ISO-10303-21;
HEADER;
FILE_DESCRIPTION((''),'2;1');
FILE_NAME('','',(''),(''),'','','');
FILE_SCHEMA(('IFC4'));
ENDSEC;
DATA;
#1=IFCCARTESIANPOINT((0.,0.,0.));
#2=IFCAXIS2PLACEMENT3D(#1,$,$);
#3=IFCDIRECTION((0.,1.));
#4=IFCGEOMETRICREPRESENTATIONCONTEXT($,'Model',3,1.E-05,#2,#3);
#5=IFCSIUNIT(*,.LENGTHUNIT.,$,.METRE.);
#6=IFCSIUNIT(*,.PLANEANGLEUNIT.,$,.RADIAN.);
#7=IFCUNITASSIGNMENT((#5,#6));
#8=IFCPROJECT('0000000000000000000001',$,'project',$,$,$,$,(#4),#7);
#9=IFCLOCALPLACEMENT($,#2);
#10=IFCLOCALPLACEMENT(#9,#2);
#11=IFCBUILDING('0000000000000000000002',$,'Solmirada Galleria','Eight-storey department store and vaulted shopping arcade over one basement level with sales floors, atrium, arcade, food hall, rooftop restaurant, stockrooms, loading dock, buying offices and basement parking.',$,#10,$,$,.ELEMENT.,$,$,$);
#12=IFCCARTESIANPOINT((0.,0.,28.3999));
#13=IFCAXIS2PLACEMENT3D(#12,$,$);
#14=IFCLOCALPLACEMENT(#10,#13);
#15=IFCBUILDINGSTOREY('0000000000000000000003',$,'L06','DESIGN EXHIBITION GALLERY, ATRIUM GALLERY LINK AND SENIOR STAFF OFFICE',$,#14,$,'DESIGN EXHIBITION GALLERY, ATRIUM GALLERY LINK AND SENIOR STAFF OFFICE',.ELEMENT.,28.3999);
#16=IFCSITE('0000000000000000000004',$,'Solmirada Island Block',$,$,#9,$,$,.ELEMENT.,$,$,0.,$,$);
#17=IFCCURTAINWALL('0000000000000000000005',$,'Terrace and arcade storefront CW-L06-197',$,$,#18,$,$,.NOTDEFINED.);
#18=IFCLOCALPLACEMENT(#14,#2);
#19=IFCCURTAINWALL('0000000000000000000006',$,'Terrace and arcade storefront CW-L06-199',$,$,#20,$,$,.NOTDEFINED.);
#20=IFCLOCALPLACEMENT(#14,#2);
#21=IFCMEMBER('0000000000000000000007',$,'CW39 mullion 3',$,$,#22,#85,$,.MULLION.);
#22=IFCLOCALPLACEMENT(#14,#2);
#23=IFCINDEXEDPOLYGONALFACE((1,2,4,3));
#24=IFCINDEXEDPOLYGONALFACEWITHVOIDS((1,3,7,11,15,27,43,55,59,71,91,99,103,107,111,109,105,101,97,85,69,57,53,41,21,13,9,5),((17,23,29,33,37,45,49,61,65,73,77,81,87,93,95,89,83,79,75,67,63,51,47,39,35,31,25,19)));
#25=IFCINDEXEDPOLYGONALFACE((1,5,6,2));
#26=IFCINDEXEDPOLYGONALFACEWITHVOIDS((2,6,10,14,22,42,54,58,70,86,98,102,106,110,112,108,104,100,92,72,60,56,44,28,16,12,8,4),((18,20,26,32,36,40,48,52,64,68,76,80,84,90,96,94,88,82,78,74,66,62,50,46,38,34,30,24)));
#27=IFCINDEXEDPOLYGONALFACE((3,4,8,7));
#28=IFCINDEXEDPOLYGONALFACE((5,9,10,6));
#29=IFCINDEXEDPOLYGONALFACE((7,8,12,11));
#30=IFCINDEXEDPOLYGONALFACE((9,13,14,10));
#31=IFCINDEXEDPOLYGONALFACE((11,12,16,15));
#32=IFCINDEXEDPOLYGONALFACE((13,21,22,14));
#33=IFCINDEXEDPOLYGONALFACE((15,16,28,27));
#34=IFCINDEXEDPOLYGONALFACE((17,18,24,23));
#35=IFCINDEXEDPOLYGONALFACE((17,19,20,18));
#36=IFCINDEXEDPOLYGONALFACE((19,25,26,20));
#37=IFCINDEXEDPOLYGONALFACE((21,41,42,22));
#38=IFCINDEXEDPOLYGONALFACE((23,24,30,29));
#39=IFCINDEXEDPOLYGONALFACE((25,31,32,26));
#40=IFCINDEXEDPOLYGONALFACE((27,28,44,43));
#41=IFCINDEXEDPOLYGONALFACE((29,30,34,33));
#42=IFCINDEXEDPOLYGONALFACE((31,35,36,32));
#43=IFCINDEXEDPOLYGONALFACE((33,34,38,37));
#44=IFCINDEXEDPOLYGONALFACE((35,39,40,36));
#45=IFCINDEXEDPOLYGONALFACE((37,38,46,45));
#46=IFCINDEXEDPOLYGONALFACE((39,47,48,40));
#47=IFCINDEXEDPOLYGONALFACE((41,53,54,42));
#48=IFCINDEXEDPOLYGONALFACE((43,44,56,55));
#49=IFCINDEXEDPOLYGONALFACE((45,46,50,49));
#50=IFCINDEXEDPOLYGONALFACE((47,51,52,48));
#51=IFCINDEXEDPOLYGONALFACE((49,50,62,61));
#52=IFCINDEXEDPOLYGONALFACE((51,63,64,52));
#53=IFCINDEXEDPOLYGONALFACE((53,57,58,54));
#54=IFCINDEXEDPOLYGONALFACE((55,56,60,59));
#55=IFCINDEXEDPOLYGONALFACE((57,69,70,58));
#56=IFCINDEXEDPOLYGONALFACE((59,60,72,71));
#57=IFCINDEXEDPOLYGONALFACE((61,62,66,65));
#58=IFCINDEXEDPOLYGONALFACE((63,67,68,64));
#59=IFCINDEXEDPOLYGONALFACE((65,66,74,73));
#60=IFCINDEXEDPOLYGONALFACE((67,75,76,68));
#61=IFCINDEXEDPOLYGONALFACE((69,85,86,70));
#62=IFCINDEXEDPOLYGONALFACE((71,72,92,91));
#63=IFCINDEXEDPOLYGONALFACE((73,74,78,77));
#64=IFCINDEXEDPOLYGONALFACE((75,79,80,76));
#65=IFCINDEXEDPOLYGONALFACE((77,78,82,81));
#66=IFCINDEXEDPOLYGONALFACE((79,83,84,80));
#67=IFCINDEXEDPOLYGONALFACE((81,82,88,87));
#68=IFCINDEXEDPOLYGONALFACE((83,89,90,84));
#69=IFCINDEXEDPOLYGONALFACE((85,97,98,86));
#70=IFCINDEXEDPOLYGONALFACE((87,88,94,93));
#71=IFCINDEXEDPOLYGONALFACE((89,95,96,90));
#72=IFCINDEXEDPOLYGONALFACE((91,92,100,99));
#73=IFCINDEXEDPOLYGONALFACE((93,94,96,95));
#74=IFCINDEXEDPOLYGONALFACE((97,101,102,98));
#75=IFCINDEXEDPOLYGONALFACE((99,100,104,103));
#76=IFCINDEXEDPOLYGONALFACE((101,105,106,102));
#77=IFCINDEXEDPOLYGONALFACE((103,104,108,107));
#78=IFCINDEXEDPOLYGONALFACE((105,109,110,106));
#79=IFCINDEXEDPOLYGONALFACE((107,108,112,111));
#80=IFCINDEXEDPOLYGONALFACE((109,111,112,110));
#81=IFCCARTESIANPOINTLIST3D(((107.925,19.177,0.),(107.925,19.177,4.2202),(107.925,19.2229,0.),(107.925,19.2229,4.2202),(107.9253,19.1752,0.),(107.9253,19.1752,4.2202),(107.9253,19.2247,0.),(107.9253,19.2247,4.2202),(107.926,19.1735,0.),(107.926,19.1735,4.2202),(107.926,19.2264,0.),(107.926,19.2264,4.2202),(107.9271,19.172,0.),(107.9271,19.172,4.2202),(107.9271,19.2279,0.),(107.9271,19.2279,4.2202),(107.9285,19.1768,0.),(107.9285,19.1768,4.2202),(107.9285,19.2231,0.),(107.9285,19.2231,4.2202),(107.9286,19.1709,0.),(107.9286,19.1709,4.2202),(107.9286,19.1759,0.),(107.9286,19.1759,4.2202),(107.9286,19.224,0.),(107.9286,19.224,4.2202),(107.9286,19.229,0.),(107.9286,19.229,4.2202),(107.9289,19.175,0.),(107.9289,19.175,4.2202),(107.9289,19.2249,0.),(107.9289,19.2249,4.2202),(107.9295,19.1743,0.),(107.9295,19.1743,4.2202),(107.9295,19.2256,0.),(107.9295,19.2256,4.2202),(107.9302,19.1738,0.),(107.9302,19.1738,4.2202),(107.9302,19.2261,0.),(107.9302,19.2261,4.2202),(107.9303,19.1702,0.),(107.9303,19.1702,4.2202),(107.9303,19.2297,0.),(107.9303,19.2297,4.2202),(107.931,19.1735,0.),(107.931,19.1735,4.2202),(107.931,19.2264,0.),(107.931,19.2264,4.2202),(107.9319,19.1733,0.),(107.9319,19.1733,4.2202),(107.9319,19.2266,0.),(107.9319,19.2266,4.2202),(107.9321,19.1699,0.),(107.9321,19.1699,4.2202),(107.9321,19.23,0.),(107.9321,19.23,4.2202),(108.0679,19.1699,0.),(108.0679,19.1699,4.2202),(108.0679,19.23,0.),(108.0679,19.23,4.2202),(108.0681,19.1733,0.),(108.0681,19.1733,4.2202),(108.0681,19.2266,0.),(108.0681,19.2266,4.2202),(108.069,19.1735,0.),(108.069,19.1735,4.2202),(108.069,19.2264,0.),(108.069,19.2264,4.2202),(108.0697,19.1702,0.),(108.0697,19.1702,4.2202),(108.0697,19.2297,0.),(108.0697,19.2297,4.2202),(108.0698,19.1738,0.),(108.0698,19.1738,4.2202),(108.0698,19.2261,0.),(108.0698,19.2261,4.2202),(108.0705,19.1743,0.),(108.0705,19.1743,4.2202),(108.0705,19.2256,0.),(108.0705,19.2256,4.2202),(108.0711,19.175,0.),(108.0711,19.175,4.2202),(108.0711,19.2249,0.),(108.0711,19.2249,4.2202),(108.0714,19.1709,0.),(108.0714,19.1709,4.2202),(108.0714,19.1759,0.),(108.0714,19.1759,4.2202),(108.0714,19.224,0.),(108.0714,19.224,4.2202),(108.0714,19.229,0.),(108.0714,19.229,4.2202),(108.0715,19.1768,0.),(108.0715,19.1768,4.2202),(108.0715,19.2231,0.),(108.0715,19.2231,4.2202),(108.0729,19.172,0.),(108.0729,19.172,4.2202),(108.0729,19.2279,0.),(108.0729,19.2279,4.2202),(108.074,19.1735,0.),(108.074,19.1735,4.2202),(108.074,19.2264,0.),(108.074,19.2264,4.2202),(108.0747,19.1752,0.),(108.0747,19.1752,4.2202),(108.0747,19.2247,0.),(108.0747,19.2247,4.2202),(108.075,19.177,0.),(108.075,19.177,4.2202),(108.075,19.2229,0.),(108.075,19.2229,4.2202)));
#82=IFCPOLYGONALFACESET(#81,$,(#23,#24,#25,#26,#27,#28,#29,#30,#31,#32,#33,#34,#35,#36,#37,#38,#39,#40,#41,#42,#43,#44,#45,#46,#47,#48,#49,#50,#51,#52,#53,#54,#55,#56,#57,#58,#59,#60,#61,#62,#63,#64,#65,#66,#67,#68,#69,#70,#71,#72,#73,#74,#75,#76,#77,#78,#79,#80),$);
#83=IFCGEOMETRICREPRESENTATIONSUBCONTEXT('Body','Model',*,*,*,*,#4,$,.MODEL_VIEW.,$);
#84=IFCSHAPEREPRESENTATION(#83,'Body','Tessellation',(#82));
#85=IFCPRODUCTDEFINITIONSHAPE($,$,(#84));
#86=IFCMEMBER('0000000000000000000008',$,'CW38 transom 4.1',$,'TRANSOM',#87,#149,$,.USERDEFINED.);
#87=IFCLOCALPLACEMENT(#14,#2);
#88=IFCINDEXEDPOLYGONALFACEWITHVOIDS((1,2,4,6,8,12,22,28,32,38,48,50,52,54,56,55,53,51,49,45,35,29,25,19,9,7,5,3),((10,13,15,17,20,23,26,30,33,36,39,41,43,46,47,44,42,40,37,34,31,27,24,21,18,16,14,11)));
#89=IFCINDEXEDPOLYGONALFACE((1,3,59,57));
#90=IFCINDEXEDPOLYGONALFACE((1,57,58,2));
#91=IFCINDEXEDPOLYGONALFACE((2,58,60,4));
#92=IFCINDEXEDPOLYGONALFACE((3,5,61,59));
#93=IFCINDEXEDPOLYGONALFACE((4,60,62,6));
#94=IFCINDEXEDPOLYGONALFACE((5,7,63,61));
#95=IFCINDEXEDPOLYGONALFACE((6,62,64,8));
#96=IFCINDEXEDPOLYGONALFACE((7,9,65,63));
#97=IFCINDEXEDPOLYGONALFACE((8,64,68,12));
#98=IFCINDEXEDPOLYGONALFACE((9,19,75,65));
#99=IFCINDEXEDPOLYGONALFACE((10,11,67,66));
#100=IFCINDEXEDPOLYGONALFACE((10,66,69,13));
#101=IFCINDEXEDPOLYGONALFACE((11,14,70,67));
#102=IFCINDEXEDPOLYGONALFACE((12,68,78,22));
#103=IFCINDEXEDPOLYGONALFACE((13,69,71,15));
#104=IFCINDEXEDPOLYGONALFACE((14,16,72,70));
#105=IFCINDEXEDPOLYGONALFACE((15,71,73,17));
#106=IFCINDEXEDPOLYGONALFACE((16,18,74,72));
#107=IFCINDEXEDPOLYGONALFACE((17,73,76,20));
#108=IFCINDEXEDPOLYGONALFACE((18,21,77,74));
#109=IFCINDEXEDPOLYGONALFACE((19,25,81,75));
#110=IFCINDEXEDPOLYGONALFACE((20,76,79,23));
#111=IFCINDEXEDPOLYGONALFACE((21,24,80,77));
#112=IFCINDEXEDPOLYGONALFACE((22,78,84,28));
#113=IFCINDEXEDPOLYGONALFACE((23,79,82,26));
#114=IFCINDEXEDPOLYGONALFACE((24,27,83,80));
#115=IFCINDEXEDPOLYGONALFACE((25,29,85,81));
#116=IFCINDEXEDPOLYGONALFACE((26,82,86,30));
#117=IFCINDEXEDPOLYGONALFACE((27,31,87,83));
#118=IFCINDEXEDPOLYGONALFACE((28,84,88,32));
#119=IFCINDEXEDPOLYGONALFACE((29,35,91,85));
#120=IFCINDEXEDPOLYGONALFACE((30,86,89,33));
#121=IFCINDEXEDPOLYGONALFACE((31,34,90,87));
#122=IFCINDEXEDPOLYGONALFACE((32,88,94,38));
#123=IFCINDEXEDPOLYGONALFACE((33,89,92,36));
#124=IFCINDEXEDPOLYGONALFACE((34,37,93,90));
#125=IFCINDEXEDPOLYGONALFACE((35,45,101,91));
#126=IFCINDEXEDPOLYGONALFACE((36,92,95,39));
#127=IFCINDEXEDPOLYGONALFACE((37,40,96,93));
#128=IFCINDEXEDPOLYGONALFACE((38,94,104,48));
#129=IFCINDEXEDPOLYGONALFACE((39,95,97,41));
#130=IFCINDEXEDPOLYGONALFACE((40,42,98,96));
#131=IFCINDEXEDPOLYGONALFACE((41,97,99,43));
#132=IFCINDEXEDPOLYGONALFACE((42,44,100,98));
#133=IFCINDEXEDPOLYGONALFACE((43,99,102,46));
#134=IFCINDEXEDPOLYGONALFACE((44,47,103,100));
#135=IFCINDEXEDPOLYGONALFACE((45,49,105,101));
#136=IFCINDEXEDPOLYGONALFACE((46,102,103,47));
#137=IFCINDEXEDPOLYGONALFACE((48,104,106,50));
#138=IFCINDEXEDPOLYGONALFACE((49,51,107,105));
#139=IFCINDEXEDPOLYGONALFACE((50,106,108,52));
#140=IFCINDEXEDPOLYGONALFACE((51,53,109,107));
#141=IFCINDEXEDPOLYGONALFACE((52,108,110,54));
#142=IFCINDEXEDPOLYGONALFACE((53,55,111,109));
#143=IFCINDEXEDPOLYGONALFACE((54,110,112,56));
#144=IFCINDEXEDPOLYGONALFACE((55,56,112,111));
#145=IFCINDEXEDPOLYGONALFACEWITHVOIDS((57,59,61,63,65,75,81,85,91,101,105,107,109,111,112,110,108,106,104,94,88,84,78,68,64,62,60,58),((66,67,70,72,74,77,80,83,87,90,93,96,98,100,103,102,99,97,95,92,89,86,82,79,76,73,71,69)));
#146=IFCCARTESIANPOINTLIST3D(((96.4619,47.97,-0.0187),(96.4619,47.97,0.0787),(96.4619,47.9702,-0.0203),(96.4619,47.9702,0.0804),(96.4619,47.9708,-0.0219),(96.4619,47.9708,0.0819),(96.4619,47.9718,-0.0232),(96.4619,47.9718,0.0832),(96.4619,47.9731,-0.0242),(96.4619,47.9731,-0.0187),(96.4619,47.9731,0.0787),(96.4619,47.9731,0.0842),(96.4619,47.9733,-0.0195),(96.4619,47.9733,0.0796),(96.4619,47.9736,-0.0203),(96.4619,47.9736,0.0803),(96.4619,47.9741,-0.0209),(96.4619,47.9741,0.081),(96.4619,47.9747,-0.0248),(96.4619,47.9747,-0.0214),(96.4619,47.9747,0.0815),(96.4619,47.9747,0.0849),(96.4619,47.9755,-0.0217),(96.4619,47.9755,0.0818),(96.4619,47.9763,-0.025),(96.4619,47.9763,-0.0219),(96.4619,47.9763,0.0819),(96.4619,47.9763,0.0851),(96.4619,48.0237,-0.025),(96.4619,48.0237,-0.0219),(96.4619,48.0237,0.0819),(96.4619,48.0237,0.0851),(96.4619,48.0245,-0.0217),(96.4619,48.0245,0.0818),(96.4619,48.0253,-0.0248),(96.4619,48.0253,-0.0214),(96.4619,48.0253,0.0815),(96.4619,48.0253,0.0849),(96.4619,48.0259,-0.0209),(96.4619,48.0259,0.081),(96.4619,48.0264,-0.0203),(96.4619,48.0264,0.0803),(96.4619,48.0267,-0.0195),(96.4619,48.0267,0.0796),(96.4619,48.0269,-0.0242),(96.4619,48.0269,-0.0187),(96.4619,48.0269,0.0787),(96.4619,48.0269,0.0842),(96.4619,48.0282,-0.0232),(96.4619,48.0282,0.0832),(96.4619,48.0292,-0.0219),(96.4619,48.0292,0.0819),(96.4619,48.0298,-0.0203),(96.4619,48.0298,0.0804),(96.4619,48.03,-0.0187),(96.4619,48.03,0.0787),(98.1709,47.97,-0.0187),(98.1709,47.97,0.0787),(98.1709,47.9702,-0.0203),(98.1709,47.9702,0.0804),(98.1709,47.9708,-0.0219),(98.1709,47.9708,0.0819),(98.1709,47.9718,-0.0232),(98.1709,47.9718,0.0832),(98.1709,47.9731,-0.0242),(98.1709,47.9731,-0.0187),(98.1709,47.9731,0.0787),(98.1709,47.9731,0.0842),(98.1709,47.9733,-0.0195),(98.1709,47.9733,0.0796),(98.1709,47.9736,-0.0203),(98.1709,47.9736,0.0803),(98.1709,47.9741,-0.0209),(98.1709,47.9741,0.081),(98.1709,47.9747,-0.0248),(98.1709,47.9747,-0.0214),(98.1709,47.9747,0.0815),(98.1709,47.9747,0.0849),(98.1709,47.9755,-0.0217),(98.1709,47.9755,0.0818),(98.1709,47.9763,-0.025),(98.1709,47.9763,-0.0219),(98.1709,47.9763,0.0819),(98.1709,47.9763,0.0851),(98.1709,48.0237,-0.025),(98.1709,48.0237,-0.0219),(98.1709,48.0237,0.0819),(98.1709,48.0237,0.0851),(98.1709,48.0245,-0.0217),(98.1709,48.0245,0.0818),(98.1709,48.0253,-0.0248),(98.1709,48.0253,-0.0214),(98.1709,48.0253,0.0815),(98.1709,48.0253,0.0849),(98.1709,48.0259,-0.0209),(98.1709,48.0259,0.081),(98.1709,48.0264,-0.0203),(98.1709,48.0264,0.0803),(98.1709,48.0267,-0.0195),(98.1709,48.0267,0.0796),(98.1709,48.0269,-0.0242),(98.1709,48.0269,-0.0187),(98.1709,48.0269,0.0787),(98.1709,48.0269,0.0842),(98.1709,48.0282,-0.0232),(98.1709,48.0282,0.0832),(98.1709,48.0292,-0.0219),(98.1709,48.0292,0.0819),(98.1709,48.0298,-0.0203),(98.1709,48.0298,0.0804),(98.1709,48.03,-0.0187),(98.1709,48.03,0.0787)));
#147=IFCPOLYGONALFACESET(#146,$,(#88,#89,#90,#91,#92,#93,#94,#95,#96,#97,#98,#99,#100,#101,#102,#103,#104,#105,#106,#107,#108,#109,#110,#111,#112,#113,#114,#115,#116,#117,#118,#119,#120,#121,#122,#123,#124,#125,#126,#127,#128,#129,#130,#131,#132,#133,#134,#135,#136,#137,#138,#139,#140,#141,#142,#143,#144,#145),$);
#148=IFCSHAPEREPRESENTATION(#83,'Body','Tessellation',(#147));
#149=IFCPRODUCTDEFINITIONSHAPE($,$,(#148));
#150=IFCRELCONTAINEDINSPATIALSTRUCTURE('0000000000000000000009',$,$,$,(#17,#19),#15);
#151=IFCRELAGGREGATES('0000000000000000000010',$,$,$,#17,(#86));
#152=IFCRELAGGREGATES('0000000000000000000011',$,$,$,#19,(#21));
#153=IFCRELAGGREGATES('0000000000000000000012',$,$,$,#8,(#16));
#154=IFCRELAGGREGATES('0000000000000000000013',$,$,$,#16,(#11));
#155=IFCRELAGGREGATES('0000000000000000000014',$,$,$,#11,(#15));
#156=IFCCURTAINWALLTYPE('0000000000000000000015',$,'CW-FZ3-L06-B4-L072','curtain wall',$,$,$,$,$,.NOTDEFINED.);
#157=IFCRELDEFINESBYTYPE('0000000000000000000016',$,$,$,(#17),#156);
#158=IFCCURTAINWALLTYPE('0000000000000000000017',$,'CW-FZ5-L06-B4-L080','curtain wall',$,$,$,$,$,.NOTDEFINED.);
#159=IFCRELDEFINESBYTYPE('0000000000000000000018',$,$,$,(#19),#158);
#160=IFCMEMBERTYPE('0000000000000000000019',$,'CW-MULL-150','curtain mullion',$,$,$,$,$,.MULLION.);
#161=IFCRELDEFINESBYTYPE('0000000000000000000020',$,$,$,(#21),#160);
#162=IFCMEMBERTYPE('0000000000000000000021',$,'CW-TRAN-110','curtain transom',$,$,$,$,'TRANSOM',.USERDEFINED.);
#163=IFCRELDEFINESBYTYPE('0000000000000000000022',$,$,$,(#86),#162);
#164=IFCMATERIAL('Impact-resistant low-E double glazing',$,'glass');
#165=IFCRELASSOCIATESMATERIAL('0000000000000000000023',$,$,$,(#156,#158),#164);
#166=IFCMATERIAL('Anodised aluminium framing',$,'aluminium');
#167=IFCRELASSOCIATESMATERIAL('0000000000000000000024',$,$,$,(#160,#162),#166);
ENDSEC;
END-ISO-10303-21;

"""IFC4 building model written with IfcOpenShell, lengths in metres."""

from ifc_helpers import new_model, si_unit, direction, frame, origin, origin_2d, place, context, subcontext, project, spatial, hollow_rectangle, extrude, material, material_profile, profile_set, type_object, element, aggregate, save


model = new_model("IFC4")

# Units and contexts
model_context = context("Model", 3, precision=1e-05, world=origin(), true_north=direction((0.0, 1.0)))
body_context = subcontext(model_context, "Body", "Model", "MODEL_VIEW")
ifc_project = project(units=[si_unit("LENGTHUNIT", "METRE"), si_unit("PLANEANGLEUNIT", "RADIAN")], contexts=[model_context])

# Site, building, storey
site_placement = place(None, origin())
site = spatial("IfcSite", under=ifc_project, at=site_placement, Name="Solmirada Island Block", CompositionType="ELEMENT", RefElevation=0.0)
building_placement = place(site_placement, origin())
building = spatial("IfcBuilding", under=site, at=building_placement, Name="Solmirada Galleria", Description="Eight-storey department store and vaulted shopping arcade over one basement level with sales floors, atrium, arcade, food hall, rooftop restaurant, stockrooms, loading dock, buying offices and basement parking.", CompositionType="ELEMENT")
storey_placement = place(building_placement, frame((0.0, 0.0, 28.3999)))
storey = spatial("IfcBuildingStorey", under=building, at=storey_placement, Name="L06", Description="DESIGN EXHIBITION GALLERY, ATRIUM GALLERY LINK AND SENIOR STAFF OFFICE", LongName="DESIGN EXHIBITION GALLERY, ATRIUM GALLERY LINK AND SENIOR STAFF OFFICE", CompositionType="ELEMENT", Elevation=28.3999)

# Curtain wall
ifc_material_1 = material(Name="Impact-resistant low-E double glazing", Category="glass")
curtain_wall_type_1 = type_object("IfcCurtainWallType", Name="CW-FZ3-L06-B4-L072", Description="curtain wall", PredefinedType="NOTDEFINED", material=ifc_material_1)
curtain_wall_1_placement = place(storey_placement, origin())
curtain_wall_1 = element("IfcCurtainWall", 1, at=curtain_wall_1_placement, inside=storey, type_object=curtain_wall_type_1, Name="Terrace and arcade storefront CW-L06-197", PredefinedType="NOTDEFINED")
ifc_material_2 = material(Name="Anodised aluminium framing", Category="aluminium")
ifc_material_profile_1 = material_profile(ifc_material_2, hollow_rectangle(XDim=0.0601, YDim=0.1499, WallThickness=0.0034, InnerFilletRadius=0.0034, OuterFilletRadius=0.0071, at=origin_2d()), Name="ALU-MULL-150X60")
ifc_profile_set_1 = profile_set([ifc_material_profile_1], Name="Anodised aluminium framing")
member_type_1 = type_object("IfcMemberType", Name="CW-MULL-150", Description="curtain mullion", PredefinedType="MULLION", material=ifc_profile_set_1)

# Curtain wall, member
curtain_wall_type_2 = type_object("IfcCurtainWallType", Name="CW-FZ5-L06-B4-L080", Description="curtain wall", PredefinedType="NOTDEFINED", material=ifc_material_1)
curtain_wall_2_placement = place(storey_placement, origin())
curtain_wall_2 = element("IfcCurtainWall", 2, at=curtain_wall_2_placement, inside=storey, type_object=curtain_wall_type_2, Name="Terrace and arcade storefront CW-L06-199", PredefinedType="NOTDEFINED")
member_1_placement = place(storey_placement, frame((108.0, 19.2, 0.0), z_axis=(0.0, 0.0, 1.0), x_axis=(0.0, 1.0, 0.0)))
member_1 = element("IfcMember", 3, at=member_1_placement, type_object=member_type_1, Name="CW39 mullion 3", PredefinedType="MULLION", context=body_context, shape_type="SweptSolid", body=[
    extrude(hollow_rectangle(XDim=0.0601, YDim=0.1499, WallThickness=0.0034, InnerFilletRadius=0.0034, OuterFilletRadius=0.0071, at=origin_2d()), origin(), (0.0, 0.0, 1.0), 4.2202),
])

# Member
ifc_material_profile_2 = material_profile(ifc_material_2, hollow_rectangle(XDim=0.0601, YDim=0.1101, WallThickness=0.0032, InnerFilletRadius=0.0032, OuterFilletRadius=0.0063, at=origin_2d()), Name="ALU-TRAN-110X60")
ifc_profile_set_2 = profile_set([ifc_material_profile_2], Name="Anodised aluminium framing")
member_type_2 = type_object("IfcMemberType", Name="CW-TRAN-110", Description="curtain transom", ElementType="TRANSOM", PredefinedType="USERDEFINED", material=ifc_profile_set_2)
member_2_placement = place(storey_placement, frame((98.1709, 48.0, 0.03), z_axis=(-1.0, 0.0, 0.0), x_axis=(0.0, -1.0, 0.0)))
member_2 = element("IfcMember", 4, at=member_2_placement, type_object=member_type_2, Name="CW38 transom 4.1", ObjectType="TRANSOM", PredefinedType="USERDEFINED", context=body_context, shape_type="SweptSolid", body=[
    extrude(hollow_rectangle(XDim=0.0601, YDim=0.1101, WallThickness=0.0032, InnerFilletRadius=0.0032, OuterFilletRadius=0.0063, at=origin_2d()), origin(), (0.0, 0.0, 1.0), 1.709),
])

aggregate(curtain_wall_1, [member_2])
aggregate(curtain_wall_2, [member_1])

save(model, "model.ifc")
